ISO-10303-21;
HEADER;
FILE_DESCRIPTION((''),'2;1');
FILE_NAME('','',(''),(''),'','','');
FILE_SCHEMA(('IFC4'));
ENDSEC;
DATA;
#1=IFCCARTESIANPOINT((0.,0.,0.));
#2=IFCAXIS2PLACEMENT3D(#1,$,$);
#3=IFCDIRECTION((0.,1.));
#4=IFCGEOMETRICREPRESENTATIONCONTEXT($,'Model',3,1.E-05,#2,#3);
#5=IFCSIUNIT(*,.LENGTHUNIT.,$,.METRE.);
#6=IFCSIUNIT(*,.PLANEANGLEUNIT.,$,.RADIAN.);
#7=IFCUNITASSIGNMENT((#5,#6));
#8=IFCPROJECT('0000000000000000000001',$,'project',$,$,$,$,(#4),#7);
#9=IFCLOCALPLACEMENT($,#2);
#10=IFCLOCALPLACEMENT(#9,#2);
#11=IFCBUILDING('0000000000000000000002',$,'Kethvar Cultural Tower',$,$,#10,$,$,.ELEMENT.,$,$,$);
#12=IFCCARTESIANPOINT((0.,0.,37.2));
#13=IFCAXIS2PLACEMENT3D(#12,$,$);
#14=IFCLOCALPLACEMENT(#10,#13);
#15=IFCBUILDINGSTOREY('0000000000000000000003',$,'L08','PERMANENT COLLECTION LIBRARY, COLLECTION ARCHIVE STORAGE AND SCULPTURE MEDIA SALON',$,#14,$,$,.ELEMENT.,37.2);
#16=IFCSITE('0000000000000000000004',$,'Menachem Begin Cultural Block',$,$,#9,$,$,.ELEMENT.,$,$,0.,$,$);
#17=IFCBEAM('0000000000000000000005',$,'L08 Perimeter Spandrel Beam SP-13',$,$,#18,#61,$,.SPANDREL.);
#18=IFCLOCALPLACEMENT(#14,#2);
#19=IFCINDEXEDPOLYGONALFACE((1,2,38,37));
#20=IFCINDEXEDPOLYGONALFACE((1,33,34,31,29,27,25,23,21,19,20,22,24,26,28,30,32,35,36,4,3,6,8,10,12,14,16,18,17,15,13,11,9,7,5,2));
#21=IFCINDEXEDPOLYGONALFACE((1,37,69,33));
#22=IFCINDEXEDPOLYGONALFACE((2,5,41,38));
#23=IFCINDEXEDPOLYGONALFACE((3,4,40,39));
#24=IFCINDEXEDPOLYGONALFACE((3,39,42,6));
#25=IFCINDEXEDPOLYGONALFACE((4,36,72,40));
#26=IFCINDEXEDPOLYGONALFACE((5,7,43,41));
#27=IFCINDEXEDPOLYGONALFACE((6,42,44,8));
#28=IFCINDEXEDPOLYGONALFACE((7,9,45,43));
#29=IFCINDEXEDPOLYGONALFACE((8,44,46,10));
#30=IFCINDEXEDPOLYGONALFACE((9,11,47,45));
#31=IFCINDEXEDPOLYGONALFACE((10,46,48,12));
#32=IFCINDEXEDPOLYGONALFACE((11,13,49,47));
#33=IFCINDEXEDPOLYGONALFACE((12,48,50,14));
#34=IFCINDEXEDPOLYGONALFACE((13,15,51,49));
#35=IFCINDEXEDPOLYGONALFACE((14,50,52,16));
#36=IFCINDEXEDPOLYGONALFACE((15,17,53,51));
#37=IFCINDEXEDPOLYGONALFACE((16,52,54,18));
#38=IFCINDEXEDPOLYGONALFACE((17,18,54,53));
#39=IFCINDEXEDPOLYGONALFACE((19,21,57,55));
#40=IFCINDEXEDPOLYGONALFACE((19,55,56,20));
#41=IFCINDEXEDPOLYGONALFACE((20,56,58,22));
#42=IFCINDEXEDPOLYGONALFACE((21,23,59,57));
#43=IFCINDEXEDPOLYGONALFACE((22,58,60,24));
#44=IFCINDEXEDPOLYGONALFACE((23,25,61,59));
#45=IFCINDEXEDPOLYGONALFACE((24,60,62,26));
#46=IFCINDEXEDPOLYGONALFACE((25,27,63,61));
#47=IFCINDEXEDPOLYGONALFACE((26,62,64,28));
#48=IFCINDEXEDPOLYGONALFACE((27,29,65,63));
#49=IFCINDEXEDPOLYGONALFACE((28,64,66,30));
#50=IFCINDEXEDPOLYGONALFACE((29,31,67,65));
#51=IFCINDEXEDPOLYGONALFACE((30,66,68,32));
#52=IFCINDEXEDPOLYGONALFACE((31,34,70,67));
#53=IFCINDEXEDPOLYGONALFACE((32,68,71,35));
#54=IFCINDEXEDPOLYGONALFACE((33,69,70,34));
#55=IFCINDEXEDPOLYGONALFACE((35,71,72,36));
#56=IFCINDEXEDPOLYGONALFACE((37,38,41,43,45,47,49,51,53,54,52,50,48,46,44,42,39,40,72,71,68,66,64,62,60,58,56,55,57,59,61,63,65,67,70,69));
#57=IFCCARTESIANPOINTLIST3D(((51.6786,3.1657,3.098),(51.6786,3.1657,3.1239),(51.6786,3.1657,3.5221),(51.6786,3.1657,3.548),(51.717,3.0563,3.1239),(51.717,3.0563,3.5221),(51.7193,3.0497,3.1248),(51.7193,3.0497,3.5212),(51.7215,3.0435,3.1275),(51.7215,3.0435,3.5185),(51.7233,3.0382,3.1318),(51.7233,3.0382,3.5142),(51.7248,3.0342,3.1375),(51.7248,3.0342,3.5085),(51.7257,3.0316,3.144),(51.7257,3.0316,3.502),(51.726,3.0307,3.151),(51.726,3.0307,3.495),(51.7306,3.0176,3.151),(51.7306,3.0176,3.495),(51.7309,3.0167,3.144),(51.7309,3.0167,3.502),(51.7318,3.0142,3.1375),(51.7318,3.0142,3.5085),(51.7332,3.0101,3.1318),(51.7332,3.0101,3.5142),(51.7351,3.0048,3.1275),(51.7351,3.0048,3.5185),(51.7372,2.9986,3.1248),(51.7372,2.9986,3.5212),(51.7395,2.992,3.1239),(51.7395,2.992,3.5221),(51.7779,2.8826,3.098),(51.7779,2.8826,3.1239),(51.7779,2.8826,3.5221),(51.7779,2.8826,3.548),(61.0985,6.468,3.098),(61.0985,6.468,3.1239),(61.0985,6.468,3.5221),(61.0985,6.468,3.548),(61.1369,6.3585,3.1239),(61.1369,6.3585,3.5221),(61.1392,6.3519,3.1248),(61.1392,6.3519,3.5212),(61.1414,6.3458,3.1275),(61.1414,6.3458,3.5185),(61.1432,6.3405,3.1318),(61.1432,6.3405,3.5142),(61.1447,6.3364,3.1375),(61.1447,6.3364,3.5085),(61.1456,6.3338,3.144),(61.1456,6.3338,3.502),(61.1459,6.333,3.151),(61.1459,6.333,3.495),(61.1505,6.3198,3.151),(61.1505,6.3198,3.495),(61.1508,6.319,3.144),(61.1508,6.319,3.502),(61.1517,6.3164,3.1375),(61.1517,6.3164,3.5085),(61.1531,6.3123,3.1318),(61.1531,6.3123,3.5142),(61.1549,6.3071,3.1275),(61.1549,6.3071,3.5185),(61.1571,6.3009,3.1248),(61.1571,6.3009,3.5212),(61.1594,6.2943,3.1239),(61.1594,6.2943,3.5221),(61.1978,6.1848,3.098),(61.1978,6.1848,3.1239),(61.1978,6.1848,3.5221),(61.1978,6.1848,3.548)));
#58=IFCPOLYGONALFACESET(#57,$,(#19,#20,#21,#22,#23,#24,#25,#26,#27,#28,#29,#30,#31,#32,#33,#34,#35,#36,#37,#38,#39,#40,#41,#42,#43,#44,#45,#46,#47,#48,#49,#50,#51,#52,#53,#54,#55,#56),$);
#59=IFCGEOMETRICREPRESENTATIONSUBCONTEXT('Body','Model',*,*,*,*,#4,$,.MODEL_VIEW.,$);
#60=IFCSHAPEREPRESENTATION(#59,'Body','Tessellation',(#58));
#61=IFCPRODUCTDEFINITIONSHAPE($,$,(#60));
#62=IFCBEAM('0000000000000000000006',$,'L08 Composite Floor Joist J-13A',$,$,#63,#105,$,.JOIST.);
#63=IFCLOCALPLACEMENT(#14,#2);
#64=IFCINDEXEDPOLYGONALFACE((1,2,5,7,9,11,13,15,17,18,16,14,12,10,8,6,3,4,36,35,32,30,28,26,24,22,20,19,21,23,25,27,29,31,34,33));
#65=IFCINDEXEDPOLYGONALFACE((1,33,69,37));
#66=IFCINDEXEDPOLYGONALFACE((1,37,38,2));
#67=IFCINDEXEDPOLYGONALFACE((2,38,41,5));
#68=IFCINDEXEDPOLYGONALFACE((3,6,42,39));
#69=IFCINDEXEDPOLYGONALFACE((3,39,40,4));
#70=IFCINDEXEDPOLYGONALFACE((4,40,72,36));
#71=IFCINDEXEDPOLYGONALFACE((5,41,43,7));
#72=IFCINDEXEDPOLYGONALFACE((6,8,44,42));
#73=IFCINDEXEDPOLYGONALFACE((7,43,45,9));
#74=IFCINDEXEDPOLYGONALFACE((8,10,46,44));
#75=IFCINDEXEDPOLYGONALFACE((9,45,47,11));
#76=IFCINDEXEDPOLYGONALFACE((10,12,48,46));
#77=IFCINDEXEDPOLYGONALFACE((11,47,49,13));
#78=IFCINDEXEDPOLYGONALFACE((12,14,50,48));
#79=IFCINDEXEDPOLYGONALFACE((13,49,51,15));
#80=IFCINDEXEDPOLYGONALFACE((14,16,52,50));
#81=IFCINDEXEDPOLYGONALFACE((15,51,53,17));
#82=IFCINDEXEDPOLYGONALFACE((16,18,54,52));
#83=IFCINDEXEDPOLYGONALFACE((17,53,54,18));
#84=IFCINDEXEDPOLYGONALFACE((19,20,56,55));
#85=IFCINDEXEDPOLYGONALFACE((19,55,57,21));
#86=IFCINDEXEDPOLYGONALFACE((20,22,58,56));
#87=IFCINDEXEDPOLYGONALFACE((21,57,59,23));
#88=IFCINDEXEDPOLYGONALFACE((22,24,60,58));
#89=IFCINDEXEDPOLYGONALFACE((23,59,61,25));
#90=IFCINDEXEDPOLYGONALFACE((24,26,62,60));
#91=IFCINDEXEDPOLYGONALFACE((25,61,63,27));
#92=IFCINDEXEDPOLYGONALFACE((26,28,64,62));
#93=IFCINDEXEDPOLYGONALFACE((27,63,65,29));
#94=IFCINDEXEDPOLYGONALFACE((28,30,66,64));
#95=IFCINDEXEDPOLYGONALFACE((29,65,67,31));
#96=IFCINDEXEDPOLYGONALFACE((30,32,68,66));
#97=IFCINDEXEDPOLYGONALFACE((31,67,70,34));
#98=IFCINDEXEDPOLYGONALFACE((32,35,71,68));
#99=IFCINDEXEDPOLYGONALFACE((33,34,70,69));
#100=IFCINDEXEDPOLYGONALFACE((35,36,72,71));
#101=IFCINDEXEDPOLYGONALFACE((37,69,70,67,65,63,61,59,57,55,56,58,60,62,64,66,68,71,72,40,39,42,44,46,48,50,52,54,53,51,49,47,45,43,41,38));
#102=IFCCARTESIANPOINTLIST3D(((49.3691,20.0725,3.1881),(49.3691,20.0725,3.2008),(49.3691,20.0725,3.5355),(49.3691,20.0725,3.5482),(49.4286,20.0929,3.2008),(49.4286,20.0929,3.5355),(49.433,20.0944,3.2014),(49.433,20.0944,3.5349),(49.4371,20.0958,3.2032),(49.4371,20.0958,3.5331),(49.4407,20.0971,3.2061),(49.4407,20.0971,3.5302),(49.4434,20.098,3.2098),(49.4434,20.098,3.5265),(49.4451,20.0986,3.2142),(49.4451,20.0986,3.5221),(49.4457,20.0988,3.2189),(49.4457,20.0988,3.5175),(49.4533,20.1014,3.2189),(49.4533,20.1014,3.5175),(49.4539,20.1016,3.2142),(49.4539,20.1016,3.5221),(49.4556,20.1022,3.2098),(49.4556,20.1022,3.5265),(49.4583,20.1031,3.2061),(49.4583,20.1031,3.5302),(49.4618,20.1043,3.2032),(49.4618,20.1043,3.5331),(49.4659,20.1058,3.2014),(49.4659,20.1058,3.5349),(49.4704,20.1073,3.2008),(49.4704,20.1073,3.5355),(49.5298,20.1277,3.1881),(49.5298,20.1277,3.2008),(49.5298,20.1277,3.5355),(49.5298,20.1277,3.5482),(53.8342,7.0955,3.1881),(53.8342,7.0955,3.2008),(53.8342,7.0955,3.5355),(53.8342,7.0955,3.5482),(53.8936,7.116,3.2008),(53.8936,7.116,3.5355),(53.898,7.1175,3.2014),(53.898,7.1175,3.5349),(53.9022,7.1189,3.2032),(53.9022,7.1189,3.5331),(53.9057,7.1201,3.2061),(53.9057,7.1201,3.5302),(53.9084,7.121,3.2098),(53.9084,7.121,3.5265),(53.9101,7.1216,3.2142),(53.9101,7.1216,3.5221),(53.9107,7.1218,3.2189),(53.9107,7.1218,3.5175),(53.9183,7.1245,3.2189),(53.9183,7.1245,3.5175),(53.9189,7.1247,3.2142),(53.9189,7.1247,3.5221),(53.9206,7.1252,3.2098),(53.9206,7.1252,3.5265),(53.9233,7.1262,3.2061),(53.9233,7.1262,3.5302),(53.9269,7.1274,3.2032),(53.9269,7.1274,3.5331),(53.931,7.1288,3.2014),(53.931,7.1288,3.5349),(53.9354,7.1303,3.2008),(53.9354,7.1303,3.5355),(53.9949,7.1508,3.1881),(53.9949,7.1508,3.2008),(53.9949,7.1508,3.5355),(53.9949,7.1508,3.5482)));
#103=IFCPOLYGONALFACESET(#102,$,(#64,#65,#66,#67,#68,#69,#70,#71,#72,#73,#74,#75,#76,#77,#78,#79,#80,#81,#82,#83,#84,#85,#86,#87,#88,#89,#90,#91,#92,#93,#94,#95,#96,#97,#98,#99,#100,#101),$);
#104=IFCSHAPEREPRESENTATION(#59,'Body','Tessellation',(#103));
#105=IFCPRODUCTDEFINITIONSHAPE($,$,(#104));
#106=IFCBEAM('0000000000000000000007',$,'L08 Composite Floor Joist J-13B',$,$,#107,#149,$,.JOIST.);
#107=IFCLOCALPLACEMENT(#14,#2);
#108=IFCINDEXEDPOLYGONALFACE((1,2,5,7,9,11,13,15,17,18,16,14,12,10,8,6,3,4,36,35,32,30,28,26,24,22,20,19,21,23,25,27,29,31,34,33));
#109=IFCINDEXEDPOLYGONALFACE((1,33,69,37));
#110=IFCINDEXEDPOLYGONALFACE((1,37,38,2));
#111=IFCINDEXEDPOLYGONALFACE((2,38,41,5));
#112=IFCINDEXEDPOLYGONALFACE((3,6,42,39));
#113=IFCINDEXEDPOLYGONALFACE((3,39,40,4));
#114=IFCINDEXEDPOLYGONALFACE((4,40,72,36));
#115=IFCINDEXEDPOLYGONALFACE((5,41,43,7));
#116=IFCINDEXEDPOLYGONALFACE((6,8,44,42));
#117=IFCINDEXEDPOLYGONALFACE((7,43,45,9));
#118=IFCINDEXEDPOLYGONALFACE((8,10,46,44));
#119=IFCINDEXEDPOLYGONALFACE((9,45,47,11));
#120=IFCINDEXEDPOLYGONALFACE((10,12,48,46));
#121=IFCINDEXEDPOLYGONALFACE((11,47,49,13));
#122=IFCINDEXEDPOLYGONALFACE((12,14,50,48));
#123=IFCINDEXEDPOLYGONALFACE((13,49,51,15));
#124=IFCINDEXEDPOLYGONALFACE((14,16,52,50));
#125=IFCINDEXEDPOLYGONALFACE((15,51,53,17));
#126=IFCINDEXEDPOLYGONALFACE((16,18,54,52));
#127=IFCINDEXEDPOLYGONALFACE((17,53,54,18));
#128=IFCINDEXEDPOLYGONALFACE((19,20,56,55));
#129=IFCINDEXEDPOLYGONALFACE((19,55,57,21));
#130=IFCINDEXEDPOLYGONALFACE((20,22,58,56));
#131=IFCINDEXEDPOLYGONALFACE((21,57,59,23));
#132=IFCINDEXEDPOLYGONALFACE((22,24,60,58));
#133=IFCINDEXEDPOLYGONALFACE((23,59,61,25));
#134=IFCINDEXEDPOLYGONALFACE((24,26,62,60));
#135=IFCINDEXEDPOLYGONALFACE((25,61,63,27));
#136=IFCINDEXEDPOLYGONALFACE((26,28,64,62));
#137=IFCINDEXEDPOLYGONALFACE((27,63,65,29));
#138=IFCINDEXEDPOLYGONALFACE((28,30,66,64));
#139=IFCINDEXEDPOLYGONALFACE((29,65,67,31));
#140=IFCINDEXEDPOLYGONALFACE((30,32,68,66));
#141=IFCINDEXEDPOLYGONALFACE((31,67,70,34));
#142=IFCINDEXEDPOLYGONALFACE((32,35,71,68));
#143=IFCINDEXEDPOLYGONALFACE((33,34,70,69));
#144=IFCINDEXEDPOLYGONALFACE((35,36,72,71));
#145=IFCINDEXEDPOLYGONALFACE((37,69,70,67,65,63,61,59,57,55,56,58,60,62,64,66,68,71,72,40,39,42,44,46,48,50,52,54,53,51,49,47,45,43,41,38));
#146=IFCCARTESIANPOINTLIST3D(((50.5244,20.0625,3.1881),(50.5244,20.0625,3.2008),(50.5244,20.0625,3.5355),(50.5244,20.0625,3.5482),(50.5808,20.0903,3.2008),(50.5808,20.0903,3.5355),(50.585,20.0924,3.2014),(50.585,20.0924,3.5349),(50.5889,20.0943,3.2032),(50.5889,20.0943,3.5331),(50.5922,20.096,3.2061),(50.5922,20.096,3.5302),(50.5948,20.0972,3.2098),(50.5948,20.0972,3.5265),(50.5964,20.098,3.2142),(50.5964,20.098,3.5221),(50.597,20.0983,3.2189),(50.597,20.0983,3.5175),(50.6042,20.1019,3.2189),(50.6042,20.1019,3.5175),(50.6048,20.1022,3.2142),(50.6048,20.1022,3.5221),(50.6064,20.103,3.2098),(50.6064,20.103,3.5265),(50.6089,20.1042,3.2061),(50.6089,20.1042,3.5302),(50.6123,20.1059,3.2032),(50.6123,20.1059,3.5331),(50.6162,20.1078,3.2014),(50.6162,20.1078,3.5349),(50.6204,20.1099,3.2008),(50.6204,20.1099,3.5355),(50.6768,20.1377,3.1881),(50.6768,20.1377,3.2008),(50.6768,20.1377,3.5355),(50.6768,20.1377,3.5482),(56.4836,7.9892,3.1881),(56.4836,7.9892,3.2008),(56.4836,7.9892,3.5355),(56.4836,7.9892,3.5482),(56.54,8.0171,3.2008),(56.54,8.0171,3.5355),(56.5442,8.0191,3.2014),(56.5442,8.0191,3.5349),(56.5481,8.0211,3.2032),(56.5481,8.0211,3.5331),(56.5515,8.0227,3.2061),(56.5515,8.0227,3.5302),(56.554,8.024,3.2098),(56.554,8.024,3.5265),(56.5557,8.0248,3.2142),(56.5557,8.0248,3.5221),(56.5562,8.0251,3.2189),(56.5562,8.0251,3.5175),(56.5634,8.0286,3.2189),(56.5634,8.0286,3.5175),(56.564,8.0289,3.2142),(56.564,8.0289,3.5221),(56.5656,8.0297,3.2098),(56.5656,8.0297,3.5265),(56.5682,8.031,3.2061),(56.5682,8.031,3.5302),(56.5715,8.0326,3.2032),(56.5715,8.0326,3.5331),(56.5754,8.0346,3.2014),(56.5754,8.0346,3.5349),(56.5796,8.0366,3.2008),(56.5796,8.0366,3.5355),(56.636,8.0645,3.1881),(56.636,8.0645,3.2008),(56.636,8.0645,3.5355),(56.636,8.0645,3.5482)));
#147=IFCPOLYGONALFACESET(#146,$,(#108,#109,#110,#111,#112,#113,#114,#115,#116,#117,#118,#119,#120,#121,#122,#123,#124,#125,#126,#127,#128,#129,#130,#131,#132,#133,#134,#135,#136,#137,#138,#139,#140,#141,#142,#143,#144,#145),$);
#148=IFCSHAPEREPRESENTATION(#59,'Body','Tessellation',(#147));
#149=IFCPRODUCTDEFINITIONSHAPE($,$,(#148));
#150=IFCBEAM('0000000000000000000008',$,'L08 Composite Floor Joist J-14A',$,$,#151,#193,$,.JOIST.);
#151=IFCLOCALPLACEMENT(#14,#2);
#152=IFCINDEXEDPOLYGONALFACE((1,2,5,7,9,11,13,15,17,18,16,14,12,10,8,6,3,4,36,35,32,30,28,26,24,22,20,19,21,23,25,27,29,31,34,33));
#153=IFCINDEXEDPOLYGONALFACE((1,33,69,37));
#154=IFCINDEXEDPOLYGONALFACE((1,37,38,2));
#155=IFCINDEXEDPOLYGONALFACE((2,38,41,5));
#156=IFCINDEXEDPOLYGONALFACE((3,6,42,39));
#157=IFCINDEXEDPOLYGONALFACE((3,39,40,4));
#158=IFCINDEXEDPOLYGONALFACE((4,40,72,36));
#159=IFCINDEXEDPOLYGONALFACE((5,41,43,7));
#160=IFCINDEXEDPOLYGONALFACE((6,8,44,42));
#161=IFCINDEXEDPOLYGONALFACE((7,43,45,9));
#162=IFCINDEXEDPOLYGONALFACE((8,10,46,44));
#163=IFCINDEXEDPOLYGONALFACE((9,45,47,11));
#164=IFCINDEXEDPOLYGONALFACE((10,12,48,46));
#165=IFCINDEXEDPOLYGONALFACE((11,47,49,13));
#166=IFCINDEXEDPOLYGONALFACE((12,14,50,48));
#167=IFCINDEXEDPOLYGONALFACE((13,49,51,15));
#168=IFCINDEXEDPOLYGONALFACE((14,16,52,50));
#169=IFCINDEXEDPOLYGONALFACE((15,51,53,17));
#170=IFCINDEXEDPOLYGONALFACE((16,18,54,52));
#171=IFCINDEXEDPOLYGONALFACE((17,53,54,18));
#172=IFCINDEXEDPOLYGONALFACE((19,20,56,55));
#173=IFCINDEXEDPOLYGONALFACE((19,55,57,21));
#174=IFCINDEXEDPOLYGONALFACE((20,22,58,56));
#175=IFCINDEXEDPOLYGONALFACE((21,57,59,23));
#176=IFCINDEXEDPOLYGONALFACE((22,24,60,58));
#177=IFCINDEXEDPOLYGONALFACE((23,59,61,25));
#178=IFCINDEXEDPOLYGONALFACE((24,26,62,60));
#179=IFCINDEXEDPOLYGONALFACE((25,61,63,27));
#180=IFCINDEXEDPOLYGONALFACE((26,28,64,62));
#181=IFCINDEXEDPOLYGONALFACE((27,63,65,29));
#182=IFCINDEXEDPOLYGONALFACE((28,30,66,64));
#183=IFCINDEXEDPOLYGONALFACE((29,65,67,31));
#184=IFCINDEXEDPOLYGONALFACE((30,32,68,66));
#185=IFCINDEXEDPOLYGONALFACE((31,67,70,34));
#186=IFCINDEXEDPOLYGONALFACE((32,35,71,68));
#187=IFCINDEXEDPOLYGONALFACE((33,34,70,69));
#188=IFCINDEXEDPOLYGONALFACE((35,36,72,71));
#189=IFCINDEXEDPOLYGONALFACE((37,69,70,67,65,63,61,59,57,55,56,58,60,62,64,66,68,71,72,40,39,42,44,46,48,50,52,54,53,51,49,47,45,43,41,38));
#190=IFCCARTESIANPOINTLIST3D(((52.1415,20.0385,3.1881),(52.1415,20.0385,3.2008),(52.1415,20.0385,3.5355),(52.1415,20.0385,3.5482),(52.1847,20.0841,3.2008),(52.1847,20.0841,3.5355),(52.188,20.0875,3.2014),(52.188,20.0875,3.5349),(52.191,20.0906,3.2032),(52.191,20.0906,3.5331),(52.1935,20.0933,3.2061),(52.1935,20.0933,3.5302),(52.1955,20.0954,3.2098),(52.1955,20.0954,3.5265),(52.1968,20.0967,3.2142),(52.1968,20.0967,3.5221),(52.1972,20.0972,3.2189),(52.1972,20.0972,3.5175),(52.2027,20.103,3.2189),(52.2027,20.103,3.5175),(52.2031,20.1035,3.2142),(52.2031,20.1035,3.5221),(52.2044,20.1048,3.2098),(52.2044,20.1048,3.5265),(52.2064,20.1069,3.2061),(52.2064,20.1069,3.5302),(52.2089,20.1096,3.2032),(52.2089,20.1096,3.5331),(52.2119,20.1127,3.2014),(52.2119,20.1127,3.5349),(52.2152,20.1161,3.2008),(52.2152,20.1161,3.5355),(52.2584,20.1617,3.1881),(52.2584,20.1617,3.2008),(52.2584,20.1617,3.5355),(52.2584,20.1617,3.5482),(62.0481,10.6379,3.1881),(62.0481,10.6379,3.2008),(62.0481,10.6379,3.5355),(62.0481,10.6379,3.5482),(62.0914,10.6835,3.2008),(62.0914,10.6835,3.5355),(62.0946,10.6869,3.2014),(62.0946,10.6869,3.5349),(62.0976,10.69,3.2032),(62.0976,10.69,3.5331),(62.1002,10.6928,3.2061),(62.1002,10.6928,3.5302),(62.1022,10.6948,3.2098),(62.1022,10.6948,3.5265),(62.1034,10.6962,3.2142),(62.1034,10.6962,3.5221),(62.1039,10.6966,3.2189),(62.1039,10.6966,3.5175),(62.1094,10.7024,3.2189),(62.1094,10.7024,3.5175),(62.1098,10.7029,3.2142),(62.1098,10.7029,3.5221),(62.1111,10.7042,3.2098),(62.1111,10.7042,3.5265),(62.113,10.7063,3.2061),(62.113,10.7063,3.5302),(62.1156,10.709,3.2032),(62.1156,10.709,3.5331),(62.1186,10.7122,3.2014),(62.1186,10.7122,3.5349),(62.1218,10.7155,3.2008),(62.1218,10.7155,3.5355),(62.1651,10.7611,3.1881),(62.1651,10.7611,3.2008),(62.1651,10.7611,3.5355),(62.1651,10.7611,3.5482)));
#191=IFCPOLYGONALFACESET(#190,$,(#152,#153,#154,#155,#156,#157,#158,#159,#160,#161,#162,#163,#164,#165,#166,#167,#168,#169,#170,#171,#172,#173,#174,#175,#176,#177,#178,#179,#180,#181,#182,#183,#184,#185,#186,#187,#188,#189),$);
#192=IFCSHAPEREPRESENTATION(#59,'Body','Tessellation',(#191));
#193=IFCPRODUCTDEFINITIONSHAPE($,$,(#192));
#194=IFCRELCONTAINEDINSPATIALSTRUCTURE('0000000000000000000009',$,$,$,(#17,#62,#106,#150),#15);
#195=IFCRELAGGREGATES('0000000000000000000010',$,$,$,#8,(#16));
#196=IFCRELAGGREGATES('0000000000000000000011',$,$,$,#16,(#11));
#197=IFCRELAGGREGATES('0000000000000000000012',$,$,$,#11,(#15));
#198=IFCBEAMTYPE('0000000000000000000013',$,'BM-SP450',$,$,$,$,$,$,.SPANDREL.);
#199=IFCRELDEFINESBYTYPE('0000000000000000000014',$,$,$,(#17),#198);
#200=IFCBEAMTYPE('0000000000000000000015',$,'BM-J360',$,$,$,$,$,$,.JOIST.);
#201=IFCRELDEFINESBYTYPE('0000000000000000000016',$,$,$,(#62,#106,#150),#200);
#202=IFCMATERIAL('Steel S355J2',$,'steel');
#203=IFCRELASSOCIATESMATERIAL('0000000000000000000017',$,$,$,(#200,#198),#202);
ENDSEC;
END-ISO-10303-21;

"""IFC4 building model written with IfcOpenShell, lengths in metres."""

from ifc_helpers import new_model, si_unit, direction, frame, origin, origin_2d, place, context, subcontext, project, spatial, i_section, extrude, source, transform, mapped, material, material_profile, profile_set, type_object, element, save


model = new_model("IFC4")

# Units and contexts
model_context = context("Model", 3, precision=1e-05, world=origin(), true_north=direction((0.0, 1.0)))
body_context = subcontext(model_context, "Body", "Model", "MODEL_VIEW")
ifc_project = project(units=[si_unit("LENGTHUNIT", "METRE"), si_unit("PLANEANGLEUNIT", "RADIAN")], contexts=[model_context])

# Site, building, storey
site_placement = place(None, origin())
site = spatial("IfcSite", under=ifc_project, at=site_placement, Name="Menachem Begin Cultural Block", CompositionType="ELEMENT", RefElevation=0.0)
building_placement = place(site_placement, origin())
building = spatial("IfcBuilding", under=site, at=building_placement, Name="Kethvar Cultural Tower", CompositionType="ELEMENT")
storey_placement = place(building_placement, frame((0.0, 0.0, 37.2)))
storey = spatial("IfcBuildingStorey", under=building, at=storey_placement, Name="L08", Description="PERMANENT COLLECTION LIBRARY, COLLECTION ARCHIVE STORAGE AND SCULPTURE MEDIA SALON", CompositionType="ELEMENT", Elevation=37.2)

# Beams
ifc_material_1 = material(Name="Steel S355J2", Category="steel")
ifc_material_profile_1 = material_profile(ifc_material_1, i_section(OverallWidth=0.1699, OverallDepth=0.3601, WebThickness=0.0081, FlangeThickness=0.0127, FilletRadius=0.0181, at=origin_2d()), Name="Steel S355J2 — IPE360")
ifc_profile_set_1 = profile_set([ifc_material_profile_1], Name="Steel S355J2 — IPE360")
beam_type_1 = type_object("IfcBeamType", Name="BM-J360", PredefinedType="JOIST", material=ifc_profile_set_1)
ifc_material_profile_2 = material_profile(ifc_material_1, i_section(OverallWidth=0.3, OverallDepth=0.45, WebThickness=0.0139, FlangeThickness=0.0259, FilletRadius=0.0271, at=origin_2d()), Name="Steel S355J2 — HEB450")
ifc_profile_set_2 = profile_set([ifc_material_profile_2], Name="Steel S355J2 — HEB450")
beam_type_2 = type_object("IfcBeamType", Name="BM-SP450", PredefinedType="SPANDREL", material=ifc_profile_set_2)
shared_shape_1 = source(origin(), body_context, "Body", "SweptSolid", [
    extrude(i_section(OverallWidth=0.3, OverallDepth=0.45, WebThickness=0.0139, FlangeThickness=0.0259, FilletRadius=0.0271, at=origin_2d()), origin(), (0.0, 0.0, 1.0), 9.9819),
])
beam_1_placement = place(storey_placement, frame((51.7283, 3.0242, 3.323), z_axis=(0.943694, 0.330821, 0.0), x_axis=(-0.330821, 0.943694, 0.0)))
element("IfcBeam", 1, at=beam_1_placement, inside=storey, type_object=beam_type_2, Name="L08 Perimeter Spandrel Beam SP-13", PredefinedType="SPANDREL", context=body_context, shape_type="MappedRepresentation", body=[
    mapped(shared_shape_1, transform((0.0, 0.0, 0.0), scale=1.0)),
])
shared_shape_2 = source(origin(), body_context, "Body", "SweptSolid", [
    extrude(i_section(OverallWidth=0.1699, OverallDepth=0.3601, WebThickness=0.0081, FlangeThickness=0.0127, FilletRadius=0.0181, at=origin_2d()), origin(), (0.0, 0.0, 1.0), 13.7236),
])
beam_2_placement = place(storey_placement, frame((49.4495, 20.1001, 3.3682), z_axis=(0.325355, -0.945592, 0.0), x_axis=(0.945592, 0.325355, 0.0)))
element("IfcBeam", 2, at=beam_2_placement, inside=storey, type_object=beam_type_1, Name="L08 Composite Floor Joist J-13A", PredefinedType="JOIST", context=body_context, shape_type="MappedRepresentation", body=[
    mapped(shared_shape_2, transform((0.0, 0.0, 0.0), scale=1.0)),
])
shared_shape_3 = source(origin(), body_context, "Body", "SweptSolid", [
    extrude(i_section(OverallWidth=0.1699, OverallDepth=0.3601, WebThickness=0.0081, FlangeThickness=0.0127, FilletRadius=0.0181, at=origin_2d()), origin(), (0.0, 0.0, 1.0), 13.4639),
])
beam_3_placement = place(storey_placement, frame((50.6006, 20.1001, 3.3682), z_axis=(0.442609, -0.896715, 0.0), x_axis=(0.896715, 0.442609, 0.0)))
element("IfcBeam", 3, at=beam_3_placement, inside=storey, type_object=beam_type_1, Name="L08 Composite Floor Joist J-13B", PredefinedType="JOIST", context=body_context, shape_type="MappedRepresentation", body=[
    mapped(shared_shape_3, transform((0.0, 0.0, 0.0), scale=1.0)),
])
shared_shape_4 = source(origin(), body_context, "Body", "SweptSolid", [
    extrude(i_section(OverallWidth=0.1699, OverallDepth=0.3601, WebThickness=0.0081, FlangeThickness=0.0127, FilletRadius=0.0181, at=origin_2d()), origin(), (0.0, 0.0, 1.0), 13.657),
])
beam_4_placement = place(storey_placement, frame((52.2, 20.1001, 3.3682), z_axis=(0.725393, -0.688335, 0.0), x_axis=(0.688335, 0.725393, 0.0)))
element("IfcBeam", 4, at=beam_4_placement, inside=storey, type_object=beam_type_1, Name="L08 Composite Floor Joist J-14A", PredefinedType="JOIST", context=body_context, shape_type="MappedRepresentation", body=[
    mapped(shared_shape_4, transform((0.0, 0.0, 0.0), scale=1.0)),
])

save(model, "model.ifc")
